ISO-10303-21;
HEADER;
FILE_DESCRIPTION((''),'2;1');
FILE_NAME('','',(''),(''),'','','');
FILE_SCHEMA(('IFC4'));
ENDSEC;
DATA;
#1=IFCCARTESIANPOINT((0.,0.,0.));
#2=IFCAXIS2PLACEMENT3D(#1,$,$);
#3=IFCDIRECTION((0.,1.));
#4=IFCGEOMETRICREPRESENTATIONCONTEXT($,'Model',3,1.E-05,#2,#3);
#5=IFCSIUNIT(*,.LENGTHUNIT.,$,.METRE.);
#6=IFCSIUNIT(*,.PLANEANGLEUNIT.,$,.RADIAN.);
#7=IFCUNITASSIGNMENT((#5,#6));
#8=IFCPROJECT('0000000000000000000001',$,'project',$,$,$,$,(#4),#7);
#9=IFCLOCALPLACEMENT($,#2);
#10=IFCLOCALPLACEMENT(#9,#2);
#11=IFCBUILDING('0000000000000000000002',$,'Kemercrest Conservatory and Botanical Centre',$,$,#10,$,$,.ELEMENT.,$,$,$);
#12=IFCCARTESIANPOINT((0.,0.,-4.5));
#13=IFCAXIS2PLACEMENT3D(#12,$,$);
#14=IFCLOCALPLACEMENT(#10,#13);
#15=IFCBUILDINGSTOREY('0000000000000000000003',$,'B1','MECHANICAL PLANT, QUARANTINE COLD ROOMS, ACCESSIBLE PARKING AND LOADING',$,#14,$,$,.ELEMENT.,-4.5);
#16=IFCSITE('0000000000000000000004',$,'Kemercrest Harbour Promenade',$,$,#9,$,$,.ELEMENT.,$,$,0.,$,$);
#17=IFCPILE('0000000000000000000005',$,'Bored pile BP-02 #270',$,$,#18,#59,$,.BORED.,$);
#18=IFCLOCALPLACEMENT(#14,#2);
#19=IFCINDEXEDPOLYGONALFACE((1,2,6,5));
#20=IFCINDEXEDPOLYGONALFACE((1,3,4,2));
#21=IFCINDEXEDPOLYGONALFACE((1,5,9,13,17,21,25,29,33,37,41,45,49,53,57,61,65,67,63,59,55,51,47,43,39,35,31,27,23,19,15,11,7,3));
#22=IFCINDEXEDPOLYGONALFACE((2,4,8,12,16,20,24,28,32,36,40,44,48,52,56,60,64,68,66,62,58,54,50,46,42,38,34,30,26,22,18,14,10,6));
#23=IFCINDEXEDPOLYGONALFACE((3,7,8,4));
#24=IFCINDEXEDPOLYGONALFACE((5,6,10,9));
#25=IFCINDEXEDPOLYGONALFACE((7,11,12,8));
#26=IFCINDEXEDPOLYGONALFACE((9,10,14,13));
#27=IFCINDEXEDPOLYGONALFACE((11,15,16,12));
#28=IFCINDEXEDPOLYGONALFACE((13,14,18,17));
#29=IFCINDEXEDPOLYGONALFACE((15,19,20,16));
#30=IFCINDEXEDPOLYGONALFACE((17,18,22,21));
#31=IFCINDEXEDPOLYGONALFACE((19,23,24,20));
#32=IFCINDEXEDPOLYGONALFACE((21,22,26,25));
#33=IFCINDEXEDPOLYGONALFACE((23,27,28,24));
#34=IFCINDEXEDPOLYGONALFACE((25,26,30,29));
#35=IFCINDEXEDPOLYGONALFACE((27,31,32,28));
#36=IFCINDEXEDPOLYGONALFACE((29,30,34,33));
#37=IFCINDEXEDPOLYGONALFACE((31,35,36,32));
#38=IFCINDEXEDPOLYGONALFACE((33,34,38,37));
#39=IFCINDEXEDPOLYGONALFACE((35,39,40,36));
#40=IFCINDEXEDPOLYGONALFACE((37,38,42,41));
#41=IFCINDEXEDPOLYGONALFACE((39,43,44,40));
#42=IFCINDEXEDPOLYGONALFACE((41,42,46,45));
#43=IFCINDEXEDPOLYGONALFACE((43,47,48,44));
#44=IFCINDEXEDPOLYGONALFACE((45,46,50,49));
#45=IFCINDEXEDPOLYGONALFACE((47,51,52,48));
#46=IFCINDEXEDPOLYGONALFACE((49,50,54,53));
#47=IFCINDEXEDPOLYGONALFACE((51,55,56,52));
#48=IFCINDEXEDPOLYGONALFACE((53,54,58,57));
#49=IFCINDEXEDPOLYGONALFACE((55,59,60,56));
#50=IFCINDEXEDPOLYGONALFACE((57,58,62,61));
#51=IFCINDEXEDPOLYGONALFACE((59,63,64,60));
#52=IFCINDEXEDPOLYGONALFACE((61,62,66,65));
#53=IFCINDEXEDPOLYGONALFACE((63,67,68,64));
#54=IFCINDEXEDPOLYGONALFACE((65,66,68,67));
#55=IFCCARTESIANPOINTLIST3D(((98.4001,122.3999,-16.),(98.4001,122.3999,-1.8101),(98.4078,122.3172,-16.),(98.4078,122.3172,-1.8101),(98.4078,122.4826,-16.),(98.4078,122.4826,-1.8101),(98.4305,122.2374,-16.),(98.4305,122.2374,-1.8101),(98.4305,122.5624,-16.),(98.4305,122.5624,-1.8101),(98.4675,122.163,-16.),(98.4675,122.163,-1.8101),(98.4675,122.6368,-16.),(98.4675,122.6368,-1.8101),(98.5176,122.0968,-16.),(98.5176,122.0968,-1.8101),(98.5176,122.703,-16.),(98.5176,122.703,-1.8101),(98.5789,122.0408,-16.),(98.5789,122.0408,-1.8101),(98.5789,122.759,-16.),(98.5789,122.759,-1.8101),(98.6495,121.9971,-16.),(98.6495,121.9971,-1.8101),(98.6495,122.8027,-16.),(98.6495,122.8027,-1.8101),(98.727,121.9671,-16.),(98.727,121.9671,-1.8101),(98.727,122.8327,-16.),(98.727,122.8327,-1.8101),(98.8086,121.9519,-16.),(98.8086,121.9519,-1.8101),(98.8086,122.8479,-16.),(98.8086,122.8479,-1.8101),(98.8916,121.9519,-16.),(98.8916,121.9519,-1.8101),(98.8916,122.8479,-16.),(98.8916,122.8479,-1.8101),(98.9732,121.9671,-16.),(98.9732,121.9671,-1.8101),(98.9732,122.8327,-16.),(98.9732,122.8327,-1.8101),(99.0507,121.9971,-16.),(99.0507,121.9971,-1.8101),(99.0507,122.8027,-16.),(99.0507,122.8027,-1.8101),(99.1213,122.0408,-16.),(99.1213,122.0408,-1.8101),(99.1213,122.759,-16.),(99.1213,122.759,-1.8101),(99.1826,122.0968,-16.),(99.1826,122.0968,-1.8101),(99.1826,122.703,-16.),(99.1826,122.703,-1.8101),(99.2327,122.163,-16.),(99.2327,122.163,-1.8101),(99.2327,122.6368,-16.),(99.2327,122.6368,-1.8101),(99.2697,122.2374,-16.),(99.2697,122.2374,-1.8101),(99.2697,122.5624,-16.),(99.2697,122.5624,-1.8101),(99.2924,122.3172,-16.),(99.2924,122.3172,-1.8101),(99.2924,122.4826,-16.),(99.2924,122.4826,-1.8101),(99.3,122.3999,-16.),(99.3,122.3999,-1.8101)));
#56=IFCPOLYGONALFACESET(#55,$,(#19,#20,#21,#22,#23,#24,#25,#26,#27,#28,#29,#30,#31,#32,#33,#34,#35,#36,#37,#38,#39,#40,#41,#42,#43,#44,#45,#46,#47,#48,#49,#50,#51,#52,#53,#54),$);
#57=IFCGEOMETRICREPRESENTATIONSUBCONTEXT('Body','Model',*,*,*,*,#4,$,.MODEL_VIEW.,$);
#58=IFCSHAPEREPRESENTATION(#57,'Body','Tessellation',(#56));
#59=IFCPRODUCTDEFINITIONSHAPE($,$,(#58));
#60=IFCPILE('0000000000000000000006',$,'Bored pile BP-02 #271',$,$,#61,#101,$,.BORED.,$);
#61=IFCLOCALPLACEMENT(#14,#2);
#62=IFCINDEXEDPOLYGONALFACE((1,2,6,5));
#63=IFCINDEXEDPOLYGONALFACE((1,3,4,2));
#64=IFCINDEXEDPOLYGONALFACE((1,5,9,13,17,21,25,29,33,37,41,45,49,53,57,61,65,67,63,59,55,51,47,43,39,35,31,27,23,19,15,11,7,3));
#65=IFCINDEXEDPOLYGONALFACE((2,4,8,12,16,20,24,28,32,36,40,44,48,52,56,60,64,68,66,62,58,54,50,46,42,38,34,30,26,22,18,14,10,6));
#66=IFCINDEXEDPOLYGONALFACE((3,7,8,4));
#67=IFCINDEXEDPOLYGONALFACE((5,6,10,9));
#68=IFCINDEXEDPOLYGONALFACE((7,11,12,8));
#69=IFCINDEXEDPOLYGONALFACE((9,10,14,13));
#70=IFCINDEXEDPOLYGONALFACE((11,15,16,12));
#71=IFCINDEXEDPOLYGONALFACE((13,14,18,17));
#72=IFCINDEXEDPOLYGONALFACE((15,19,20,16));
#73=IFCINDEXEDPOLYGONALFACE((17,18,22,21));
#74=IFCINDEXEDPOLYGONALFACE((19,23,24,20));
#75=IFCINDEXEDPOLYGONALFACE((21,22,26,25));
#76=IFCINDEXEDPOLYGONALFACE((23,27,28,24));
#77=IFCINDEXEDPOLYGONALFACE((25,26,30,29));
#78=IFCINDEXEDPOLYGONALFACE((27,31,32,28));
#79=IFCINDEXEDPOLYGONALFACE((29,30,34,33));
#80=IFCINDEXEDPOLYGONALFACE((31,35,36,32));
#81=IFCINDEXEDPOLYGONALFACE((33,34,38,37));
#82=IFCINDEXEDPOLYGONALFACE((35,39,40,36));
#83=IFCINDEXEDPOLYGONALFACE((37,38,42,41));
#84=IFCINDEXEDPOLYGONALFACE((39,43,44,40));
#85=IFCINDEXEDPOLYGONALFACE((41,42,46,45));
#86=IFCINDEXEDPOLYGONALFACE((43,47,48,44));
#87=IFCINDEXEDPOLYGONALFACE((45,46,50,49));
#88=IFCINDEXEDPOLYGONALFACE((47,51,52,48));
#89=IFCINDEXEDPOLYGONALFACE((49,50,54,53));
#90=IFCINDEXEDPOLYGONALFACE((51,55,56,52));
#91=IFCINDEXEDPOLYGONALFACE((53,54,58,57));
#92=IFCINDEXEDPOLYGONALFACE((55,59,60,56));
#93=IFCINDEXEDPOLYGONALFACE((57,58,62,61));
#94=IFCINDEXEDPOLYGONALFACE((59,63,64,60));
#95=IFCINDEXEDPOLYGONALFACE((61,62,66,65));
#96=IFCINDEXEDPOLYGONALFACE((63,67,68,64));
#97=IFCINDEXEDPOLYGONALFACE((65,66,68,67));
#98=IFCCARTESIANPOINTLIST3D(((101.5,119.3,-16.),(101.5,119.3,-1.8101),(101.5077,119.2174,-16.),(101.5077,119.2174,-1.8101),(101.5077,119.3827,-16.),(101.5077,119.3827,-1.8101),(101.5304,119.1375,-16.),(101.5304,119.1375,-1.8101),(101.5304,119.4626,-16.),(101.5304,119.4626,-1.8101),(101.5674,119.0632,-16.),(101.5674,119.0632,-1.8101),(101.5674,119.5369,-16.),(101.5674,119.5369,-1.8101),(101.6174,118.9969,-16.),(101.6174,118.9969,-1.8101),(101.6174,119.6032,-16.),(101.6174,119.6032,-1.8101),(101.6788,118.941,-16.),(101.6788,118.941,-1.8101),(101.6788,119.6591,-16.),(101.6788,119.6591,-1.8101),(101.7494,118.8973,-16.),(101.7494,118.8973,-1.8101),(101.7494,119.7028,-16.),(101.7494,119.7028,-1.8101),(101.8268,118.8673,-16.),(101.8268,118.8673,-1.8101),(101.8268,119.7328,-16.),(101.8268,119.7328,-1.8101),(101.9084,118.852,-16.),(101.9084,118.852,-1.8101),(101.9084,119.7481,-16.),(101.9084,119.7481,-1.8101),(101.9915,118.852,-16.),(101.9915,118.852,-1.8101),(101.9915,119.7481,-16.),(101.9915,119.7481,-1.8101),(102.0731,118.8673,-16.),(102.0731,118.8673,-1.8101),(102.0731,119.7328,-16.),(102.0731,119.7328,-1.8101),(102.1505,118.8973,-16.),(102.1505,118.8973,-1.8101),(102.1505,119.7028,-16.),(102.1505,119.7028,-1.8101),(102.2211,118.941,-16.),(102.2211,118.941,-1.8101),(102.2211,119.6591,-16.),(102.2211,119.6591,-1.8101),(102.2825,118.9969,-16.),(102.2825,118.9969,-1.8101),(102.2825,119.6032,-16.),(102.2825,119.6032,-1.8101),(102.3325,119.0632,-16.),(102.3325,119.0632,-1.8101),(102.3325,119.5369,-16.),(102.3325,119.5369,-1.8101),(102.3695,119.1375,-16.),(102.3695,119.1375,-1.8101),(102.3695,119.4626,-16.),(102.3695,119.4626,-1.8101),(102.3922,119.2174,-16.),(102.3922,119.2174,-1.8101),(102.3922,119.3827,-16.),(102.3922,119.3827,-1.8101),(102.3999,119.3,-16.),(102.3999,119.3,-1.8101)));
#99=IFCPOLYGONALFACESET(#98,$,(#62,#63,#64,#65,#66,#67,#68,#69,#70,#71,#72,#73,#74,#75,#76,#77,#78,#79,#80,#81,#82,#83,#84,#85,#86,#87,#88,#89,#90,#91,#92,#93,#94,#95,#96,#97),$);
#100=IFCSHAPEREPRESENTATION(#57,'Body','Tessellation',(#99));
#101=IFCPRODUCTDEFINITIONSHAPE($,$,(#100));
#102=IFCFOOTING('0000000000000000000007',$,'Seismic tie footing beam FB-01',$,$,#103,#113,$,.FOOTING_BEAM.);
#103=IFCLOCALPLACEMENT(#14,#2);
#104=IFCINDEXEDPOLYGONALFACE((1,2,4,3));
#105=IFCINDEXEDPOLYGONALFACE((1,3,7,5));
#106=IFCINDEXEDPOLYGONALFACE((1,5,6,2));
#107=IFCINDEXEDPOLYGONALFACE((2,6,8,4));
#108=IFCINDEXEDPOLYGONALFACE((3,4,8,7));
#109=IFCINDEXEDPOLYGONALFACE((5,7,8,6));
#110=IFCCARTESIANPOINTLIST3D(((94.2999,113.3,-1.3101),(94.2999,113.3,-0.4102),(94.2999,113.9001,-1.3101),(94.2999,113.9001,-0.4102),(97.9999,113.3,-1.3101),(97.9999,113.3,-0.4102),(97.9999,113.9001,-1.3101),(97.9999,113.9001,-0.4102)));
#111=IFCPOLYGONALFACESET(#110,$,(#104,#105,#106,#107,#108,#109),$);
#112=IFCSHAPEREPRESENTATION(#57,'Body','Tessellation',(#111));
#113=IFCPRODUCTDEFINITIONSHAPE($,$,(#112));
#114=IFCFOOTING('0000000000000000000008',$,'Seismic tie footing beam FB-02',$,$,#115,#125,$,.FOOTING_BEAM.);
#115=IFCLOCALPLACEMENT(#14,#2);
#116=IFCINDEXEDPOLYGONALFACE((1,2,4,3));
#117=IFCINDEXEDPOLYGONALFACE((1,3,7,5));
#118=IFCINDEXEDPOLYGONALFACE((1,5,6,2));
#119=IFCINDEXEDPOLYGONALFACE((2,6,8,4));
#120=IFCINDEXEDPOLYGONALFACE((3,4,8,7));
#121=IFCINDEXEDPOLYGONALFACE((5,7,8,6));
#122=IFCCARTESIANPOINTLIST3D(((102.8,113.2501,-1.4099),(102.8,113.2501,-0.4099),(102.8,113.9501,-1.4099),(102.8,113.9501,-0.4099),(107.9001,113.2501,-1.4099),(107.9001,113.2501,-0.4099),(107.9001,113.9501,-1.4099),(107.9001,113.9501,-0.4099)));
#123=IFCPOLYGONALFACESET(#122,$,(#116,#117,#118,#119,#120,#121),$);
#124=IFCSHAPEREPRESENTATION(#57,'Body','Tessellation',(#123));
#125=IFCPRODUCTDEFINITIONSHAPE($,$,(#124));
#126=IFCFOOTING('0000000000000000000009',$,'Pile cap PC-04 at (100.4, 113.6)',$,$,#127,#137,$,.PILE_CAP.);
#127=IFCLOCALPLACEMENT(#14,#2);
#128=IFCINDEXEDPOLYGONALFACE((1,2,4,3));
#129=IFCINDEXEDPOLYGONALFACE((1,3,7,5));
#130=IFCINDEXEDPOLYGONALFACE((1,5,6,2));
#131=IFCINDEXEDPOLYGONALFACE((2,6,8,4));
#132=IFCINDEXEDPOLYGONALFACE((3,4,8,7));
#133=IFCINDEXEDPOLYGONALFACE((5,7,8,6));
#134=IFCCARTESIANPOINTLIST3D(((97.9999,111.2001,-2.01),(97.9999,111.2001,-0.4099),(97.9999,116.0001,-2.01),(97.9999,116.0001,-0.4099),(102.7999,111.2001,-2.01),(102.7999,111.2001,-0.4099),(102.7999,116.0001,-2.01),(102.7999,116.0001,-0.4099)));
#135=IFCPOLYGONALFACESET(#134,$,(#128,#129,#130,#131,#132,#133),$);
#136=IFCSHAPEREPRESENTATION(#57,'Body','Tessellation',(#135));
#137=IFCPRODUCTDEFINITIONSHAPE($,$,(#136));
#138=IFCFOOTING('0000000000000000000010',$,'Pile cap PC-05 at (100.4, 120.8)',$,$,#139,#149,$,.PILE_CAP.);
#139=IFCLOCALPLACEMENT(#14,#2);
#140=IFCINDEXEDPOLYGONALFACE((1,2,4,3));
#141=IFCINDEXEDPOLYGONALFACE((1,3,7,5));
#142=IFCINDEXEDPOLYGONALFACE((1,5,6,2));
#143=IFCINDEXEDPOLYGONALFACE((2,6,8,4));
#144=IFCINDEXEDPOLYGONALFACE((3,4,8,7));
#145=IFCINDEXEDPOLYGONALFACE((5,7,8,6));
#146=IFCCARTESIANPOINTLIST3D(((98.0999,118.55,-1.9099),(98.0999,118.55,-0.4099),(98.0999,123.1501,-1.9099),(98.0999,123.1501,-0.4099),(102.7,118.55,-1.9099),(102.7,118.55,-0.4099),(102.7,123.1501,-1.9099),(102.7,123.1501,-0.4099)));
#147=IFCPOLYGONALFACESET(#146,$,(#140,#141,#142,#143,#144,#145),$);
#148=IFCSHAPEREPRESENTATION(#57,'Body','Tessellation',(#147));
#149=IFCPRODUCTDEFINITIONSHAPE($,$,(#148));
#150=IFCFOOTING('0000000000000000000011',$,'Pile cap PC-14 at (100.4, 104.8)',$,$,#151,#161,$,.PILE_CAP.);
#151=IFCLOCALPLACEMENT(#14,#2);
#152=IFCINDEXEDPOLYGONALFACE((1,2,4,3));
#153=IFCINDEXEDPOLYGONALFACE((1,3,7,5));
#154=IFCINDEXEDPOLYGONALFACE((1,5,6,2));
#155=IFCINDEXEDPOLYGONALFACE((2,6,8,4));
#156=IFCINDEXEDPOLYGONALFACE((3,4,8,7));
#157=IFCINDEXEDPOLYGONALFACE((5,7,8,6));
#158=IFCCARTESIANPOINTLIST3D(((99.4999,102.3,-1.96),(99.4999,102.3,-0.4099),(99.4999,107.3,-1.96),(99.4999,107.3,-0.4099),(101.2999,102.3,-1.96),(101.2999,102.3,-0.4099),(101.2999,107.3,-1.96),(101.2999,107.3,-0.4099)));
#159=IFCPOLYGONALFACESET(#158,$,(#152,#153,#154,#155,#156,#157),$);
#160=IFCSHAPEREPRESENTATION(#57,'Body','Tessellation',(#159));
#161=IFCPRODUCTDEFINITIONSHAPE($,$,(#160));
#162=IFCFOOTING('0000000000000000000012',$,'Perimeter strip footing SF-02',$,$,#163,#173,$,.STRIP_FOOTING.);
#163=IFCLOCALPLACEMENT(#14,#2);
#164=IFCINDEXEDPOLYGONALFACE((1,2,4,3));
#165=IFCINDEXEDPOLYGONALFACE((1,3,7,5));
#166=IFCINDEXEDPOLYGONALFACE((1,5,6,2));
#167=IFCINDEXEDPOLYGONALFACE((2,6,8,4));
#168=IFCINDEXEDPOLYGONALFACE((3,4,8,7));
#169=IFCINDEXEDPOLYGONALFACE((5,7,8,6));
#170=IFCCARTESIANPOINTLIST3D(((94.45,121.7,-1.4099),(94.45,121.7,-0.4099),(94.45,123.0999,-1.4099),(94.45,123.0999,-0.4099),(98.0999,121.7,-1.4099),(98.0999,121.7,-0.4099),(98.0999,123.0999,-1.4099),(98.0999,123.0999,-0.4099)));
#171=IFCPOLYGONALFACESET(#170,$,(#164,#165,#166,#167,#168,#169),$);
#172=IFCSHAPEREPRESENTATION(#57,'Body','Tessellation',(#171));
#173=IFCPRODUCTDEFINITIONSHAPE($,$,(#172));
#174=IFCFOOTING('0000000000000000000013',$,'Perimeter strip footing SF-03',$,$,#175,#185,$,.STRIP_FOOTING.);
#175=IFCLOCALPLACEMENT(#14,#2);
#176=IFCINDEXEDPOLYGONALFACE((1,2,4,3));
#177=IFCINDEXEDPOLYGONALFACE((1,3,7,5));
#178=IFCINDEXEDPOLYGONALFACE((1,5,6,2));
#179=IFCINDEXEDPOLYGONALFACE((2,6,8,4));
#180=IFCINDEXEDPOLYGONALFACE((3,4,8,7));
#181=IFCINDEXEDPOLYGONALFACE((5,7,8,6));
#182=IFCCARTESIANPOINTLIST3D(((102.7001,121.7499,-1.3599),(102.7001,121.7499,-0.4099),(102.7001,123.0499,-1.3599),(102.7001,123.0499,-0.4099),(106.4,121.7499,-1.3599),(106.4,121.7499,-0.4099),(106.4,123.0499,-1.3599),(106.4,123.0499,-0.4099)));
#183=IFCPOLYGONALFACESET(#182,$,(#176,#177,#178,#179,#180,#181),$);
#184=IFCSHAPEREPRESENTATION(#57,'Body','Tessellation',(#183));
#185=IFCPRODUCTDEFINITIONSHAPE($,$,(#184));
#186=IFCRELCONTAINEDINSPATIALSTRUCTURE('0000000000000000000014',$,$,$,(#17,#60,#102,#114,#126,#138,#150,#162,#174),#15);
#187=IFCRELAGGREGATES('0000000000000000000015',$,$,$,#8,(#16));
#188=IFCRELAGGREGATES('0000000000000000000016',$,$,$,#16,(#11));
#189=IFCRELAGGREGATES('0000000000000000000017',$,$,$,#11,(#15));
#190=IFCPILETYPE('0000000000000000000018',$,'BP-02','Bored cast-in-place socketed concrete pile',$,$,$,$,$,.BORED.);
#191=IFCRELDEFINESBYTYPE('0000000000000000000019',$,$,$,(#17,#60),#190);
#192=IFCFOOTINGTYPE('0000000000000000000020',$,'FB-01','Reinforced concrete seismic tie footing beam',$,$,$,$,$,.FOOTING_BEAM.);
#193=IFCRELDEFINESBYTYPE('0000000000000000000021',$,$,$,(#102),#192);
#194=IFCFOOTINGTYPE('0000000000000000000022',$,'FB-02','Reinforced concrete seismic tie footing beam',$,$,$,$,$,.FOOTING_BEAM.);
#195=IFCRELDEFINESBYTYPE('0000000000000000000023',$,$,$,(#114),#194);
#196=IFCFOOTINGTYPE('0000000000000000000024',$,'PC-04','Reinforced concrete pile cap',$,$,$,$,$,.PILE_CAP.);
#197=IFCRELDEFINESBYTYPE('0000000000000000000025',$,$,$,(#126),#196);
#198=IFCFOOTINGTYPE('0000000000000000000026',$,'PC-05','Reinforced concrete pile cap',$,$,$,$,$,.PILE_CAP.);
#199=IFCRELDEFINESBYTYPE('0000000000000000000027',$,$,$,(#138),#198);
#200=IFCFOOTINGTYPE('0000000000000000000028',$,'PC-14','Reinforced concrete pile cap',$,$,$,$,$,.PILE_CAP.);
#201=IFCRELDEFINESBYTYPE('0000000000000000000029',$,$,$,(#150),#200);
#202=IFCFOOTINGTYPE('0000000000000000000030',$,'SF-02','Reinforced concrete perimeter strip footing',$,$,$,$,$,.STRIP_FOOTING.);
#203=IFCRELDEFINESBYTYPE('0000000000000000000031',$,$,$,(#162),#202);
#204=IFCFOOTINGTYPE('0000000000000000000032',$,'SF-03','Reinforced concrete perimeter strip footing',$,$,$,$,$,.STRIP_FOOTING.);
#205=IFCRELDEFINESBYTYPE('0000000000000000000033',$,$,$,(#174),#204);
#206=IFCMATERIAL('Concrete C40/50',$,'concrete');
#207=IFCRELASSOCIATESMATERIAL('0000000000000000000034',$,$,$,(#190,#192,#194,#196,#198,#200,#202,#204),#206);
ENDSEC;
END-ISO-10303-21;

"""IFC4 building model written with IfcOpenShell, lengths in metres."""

from ifc_helpers import new_model, si_unit, direction, frame, origin, origin_2d, place, context, subcontext, project, spatial, rectangle, circle, extrude, material, material_profile, profile_set, type_object, element, save


model = new_model("IFC4")

# Units and contexts
model_context = context("Model", 3, precision=1e-05, world=origin(), true_north=direction((0.0, 1.0)))
body_context = subcontext(model_context, "Body", "Model", "MODEL_VIEW")
ifc_project = project(units=[si_unit("LENGTHUNIT", "METRE"), si_unit("PLANEANGLEUNIT", "RADIAN")], contexts=[model_context])

# Site, building, storey
site_placement = place(None, origin())
site = spatial("IfcSite", under=ifc_project, at=site_placement, Name="Kemercrest Harbour Promenade", CompositionType="ELEMENT", RefElevation=0.0)
building_placement = place(site_placement, origin())
building = spatial("IfcBuilding", under=site, at=building_placement, Name="Kemercrest Conservatory and Botanical Centre", CompositionType="ELEMENT")
storey_placement = place(building_placement, frame((0.0, 0.0, -4.5)))
storey = spatial("IfcBuildingStorey", under=building, at=storey_placement, Name="B1", Description="MECHANICAL PLANT, QUARANTINE COLD ROOMS, ACCESSIBLE PARKING AND LOADING", CompositionType="ELEMENT", Elevation=-4.5)

# Piles
ifc_material_1 = material(Name="Concrete C40/50", Category="concrete")
ifc_material_profile_1 = material_profile(ifc_material_1, circle(Radius=0.45, at=origin_2d()), Name="BORED PILE 900")
ifc_profile_set_1 = profile_set([ifc_material_profile_1], Name="Concrete C40/50")
pile_type_1 = type_object("IfcPileType", Name="BP-02", Description="Bored cast-in-place socketed concrete pile", PredefinedType="BORED", material=ifc_profile_set_1)
for number, where, z_axis, x_axis, name in (
    (1, (98.8501, 122.3999, -1.8101), (0.0, 0.0, -1.0), (1.0, 0.0, 0.0), "Bored pile BP-02 #270"),
    (2, (101.95, 119.3, -1.8101), (0.0, 0.0, -1.0), (1.0, 0.0, 0.0), "Bored pile BP-02 #271"),
):
    element("IfcPile", number, at=place(storey_placement, frame(where, z_axis=z_axis, x_axis=x_axis)), inside=storey, type_object=pile_type_1, Name=name, PredefinedType="BORED", context=body_context, shape_type="SweptSolid", body=[
        extrude(circle(Radius=0.45, at=origin_2d()), origin(), (0.0, 0.0, 1.0), 14.1899),
    ])

# Footings
footing_type_1 = type_object("IfcFootingType", Name="FB-01", Description="Reinforced concrete seismic tie footing beam", PredefinedType="FOOTING_BEAM", material=ifc_material_1)
footing_1_placement = place(storey_placement, frame((96.1499, 113.6001, -1.3101), z_axis=(0.0, 0.0, 1.0), x_axis=(1.0, 0.0, 0.0)))
element("IfcFooting", 3, at=footing_1_placement, inside=storey, type_object=footing_type_1, Name="Seismic tie footing beam FB-01", PredefinedType="FOOTING_BEAM", context=body_context, shape_type="SweptSolid", body=[
    extrude(rectangle(XDim=3.7, YDim=0.6001, at=origin_2d()), origin(), (0.0, 0.0, 1.0), 0.8999),
])
footing_type_2 = type_object("IfcFootingType", Name="FB-02", Description="Reinforced concrete seismic tie footing beam", PredefinedType="FOOTING_BEAM", material=ifc_material_1)
footing_2_placement = place(storey_placement, frame((105.3501, 113.6001, -1.4099), z_axis=(0.0, 0.0, 1.0), x_axis=(1.0, 0.0, 0.0)))
element("IfcFooting", 4, at=footing_2_placement, inside=storey, type_object=footing_type_2, Name="Seismic tie footing beam FB-02", PredefinedType="FOOTING_BEAM", context=body_context, shape_type="SweptSolid", body=[
    extrude(rectangle(XDim=5.1001, YDim=0.7, at=origin_2d()), origin(), (0.0, 0.0, 1.0), 1.0),
])
footing_type_3 = type_object("IfcFootingType", Name="PC-04", Description="Reinforced concrete pile cap", PredefinedType="PILE_CAP", material=ifc_material_1)
footing_3_placement = place(storey_placement, frame((100.3999, 113.6001, -2.01), z_axis=(0.0, 0.0, 1.0), x_axis=(1.0, 0.0, 0.0)))
element("IfcFooting", 5, at=footing_3_placement, inside=storey, type_object=footing_type_3, Name="Pile cap PC-04 at (100.4, 113.6)", PredefinedType="PILE_CAP", context=body_context, shape_type="SweptSolid", body=[
    extrude(rectangle(XDim=4.8, YDim=4.8, at=origin_2d()), origin(), (0.0, 0.0, 1.0), 1.6001),
])
footing_type_4 = type_object("IfcFootingType", Name="PC-05", Description="Reinforced concrete pile cap", PredefinedType="PILE_CAP", material=ifc_material_1)
footing_4_placement = place(storey_placement, frame((100.3999, 120.8501, -1.9099), z_axis=(0.0, 0.0, 1.0), x_axis=(1.0, 0.0, 0.0)))
element("IfcFooting", 6, at=footing_4_placement, inside=storey, type_object=footing_type_4, Name="Pile cap PC-05 at (100.4, 120.8)", PredefinedType="PILE_CAP", context=body_context, shape_type="SweptSolid", body=[
    extrude(rectangle(XDim=4.6001, YDim=4.6001, at=origin_2d()), origin(), (0.0, 0.0, 1.0), 1.5),
])
footing_type_5 = type_object("IfcFootingType", Name="PC-14", Description="Reinforced concrete pile cap", PredefinedType="PILE_CAP", material=ifc_material_1)
footing_5_placement = place(storey_placement, frame((100.3999, 104.8, -1.96), z_axis=(0.0, 0.0, 1.0), x_axis=(1.0, 0.0, 0.0)))
element("IfcFooting", 7, at=footing_5_placement, inside=storey, type_object=footing_type_5, Name="Pile cap PC-14 at (100.4, 104.8)", PredefinedType="PILE_CAP", context=body_context, shape_type="SweptSolid", body=[
    extrude(rectangle(XDim=1.8, YDim=5.0, at=origin_2d()), origin(), (0.0, 0.0, 1.0), 1.55),
])
footing_type_6 = type_object("IfcFootingType", Name="SF-02", Description="Reinforced concrete perimeter strip footing", PredefinedType="STRIP_FOOTING", material=ifc_material_1)
footing_6_placement = place(storey_placement, frame((96.2749, 122.3999, -1.4099), z_axis=(0.0, 0.0, 1.0), x_axis=(1.0, 0.0, 0.0)))
element("IfcFooting", 8, at=footing_6_placement, inside=storey, type_object=footing_type_6, Name="Perimeter strip footing SF-02", PredefinedType="STRIP_FOOTING", context=body_context, shape_type="SweptSolid", body=[
    extrude(rectangle(XDim=3.6499, YDim=1.3999, at=origin_2d()), origin(), (0.0, 0.0, 1.0), 1.0),
])
footing_type_7 = type_object("IfcFootingType", Name="SF-03", Description="Reinforced concrete perimeter strip footing", PredefinedType="STRIP_FOOTING", material=ifc_material_1)
footing_7_placement = place(storey_placement, frame((104.55, 122.3999, -1.3599), z_axis=(0.0, 0.0, 1.0), x_axis=(1.0, 0.0, 0.0)))
element("IfcFooting", 9, at=footing_7_placement, inside=storey, type_object=footing_type_7, Name="Perimeter strip footing SF-03", PredefinedType="STRIP_FOOTING", context=body_context, shape_type="SweptSolid", body=[
    extrude(rectangle(XDim=3.7, YDim=1.3, at=origin_2d()), origin(), (0.0, 0.0, 1.0), 0.95),
])

save(model, "model.ifc")
